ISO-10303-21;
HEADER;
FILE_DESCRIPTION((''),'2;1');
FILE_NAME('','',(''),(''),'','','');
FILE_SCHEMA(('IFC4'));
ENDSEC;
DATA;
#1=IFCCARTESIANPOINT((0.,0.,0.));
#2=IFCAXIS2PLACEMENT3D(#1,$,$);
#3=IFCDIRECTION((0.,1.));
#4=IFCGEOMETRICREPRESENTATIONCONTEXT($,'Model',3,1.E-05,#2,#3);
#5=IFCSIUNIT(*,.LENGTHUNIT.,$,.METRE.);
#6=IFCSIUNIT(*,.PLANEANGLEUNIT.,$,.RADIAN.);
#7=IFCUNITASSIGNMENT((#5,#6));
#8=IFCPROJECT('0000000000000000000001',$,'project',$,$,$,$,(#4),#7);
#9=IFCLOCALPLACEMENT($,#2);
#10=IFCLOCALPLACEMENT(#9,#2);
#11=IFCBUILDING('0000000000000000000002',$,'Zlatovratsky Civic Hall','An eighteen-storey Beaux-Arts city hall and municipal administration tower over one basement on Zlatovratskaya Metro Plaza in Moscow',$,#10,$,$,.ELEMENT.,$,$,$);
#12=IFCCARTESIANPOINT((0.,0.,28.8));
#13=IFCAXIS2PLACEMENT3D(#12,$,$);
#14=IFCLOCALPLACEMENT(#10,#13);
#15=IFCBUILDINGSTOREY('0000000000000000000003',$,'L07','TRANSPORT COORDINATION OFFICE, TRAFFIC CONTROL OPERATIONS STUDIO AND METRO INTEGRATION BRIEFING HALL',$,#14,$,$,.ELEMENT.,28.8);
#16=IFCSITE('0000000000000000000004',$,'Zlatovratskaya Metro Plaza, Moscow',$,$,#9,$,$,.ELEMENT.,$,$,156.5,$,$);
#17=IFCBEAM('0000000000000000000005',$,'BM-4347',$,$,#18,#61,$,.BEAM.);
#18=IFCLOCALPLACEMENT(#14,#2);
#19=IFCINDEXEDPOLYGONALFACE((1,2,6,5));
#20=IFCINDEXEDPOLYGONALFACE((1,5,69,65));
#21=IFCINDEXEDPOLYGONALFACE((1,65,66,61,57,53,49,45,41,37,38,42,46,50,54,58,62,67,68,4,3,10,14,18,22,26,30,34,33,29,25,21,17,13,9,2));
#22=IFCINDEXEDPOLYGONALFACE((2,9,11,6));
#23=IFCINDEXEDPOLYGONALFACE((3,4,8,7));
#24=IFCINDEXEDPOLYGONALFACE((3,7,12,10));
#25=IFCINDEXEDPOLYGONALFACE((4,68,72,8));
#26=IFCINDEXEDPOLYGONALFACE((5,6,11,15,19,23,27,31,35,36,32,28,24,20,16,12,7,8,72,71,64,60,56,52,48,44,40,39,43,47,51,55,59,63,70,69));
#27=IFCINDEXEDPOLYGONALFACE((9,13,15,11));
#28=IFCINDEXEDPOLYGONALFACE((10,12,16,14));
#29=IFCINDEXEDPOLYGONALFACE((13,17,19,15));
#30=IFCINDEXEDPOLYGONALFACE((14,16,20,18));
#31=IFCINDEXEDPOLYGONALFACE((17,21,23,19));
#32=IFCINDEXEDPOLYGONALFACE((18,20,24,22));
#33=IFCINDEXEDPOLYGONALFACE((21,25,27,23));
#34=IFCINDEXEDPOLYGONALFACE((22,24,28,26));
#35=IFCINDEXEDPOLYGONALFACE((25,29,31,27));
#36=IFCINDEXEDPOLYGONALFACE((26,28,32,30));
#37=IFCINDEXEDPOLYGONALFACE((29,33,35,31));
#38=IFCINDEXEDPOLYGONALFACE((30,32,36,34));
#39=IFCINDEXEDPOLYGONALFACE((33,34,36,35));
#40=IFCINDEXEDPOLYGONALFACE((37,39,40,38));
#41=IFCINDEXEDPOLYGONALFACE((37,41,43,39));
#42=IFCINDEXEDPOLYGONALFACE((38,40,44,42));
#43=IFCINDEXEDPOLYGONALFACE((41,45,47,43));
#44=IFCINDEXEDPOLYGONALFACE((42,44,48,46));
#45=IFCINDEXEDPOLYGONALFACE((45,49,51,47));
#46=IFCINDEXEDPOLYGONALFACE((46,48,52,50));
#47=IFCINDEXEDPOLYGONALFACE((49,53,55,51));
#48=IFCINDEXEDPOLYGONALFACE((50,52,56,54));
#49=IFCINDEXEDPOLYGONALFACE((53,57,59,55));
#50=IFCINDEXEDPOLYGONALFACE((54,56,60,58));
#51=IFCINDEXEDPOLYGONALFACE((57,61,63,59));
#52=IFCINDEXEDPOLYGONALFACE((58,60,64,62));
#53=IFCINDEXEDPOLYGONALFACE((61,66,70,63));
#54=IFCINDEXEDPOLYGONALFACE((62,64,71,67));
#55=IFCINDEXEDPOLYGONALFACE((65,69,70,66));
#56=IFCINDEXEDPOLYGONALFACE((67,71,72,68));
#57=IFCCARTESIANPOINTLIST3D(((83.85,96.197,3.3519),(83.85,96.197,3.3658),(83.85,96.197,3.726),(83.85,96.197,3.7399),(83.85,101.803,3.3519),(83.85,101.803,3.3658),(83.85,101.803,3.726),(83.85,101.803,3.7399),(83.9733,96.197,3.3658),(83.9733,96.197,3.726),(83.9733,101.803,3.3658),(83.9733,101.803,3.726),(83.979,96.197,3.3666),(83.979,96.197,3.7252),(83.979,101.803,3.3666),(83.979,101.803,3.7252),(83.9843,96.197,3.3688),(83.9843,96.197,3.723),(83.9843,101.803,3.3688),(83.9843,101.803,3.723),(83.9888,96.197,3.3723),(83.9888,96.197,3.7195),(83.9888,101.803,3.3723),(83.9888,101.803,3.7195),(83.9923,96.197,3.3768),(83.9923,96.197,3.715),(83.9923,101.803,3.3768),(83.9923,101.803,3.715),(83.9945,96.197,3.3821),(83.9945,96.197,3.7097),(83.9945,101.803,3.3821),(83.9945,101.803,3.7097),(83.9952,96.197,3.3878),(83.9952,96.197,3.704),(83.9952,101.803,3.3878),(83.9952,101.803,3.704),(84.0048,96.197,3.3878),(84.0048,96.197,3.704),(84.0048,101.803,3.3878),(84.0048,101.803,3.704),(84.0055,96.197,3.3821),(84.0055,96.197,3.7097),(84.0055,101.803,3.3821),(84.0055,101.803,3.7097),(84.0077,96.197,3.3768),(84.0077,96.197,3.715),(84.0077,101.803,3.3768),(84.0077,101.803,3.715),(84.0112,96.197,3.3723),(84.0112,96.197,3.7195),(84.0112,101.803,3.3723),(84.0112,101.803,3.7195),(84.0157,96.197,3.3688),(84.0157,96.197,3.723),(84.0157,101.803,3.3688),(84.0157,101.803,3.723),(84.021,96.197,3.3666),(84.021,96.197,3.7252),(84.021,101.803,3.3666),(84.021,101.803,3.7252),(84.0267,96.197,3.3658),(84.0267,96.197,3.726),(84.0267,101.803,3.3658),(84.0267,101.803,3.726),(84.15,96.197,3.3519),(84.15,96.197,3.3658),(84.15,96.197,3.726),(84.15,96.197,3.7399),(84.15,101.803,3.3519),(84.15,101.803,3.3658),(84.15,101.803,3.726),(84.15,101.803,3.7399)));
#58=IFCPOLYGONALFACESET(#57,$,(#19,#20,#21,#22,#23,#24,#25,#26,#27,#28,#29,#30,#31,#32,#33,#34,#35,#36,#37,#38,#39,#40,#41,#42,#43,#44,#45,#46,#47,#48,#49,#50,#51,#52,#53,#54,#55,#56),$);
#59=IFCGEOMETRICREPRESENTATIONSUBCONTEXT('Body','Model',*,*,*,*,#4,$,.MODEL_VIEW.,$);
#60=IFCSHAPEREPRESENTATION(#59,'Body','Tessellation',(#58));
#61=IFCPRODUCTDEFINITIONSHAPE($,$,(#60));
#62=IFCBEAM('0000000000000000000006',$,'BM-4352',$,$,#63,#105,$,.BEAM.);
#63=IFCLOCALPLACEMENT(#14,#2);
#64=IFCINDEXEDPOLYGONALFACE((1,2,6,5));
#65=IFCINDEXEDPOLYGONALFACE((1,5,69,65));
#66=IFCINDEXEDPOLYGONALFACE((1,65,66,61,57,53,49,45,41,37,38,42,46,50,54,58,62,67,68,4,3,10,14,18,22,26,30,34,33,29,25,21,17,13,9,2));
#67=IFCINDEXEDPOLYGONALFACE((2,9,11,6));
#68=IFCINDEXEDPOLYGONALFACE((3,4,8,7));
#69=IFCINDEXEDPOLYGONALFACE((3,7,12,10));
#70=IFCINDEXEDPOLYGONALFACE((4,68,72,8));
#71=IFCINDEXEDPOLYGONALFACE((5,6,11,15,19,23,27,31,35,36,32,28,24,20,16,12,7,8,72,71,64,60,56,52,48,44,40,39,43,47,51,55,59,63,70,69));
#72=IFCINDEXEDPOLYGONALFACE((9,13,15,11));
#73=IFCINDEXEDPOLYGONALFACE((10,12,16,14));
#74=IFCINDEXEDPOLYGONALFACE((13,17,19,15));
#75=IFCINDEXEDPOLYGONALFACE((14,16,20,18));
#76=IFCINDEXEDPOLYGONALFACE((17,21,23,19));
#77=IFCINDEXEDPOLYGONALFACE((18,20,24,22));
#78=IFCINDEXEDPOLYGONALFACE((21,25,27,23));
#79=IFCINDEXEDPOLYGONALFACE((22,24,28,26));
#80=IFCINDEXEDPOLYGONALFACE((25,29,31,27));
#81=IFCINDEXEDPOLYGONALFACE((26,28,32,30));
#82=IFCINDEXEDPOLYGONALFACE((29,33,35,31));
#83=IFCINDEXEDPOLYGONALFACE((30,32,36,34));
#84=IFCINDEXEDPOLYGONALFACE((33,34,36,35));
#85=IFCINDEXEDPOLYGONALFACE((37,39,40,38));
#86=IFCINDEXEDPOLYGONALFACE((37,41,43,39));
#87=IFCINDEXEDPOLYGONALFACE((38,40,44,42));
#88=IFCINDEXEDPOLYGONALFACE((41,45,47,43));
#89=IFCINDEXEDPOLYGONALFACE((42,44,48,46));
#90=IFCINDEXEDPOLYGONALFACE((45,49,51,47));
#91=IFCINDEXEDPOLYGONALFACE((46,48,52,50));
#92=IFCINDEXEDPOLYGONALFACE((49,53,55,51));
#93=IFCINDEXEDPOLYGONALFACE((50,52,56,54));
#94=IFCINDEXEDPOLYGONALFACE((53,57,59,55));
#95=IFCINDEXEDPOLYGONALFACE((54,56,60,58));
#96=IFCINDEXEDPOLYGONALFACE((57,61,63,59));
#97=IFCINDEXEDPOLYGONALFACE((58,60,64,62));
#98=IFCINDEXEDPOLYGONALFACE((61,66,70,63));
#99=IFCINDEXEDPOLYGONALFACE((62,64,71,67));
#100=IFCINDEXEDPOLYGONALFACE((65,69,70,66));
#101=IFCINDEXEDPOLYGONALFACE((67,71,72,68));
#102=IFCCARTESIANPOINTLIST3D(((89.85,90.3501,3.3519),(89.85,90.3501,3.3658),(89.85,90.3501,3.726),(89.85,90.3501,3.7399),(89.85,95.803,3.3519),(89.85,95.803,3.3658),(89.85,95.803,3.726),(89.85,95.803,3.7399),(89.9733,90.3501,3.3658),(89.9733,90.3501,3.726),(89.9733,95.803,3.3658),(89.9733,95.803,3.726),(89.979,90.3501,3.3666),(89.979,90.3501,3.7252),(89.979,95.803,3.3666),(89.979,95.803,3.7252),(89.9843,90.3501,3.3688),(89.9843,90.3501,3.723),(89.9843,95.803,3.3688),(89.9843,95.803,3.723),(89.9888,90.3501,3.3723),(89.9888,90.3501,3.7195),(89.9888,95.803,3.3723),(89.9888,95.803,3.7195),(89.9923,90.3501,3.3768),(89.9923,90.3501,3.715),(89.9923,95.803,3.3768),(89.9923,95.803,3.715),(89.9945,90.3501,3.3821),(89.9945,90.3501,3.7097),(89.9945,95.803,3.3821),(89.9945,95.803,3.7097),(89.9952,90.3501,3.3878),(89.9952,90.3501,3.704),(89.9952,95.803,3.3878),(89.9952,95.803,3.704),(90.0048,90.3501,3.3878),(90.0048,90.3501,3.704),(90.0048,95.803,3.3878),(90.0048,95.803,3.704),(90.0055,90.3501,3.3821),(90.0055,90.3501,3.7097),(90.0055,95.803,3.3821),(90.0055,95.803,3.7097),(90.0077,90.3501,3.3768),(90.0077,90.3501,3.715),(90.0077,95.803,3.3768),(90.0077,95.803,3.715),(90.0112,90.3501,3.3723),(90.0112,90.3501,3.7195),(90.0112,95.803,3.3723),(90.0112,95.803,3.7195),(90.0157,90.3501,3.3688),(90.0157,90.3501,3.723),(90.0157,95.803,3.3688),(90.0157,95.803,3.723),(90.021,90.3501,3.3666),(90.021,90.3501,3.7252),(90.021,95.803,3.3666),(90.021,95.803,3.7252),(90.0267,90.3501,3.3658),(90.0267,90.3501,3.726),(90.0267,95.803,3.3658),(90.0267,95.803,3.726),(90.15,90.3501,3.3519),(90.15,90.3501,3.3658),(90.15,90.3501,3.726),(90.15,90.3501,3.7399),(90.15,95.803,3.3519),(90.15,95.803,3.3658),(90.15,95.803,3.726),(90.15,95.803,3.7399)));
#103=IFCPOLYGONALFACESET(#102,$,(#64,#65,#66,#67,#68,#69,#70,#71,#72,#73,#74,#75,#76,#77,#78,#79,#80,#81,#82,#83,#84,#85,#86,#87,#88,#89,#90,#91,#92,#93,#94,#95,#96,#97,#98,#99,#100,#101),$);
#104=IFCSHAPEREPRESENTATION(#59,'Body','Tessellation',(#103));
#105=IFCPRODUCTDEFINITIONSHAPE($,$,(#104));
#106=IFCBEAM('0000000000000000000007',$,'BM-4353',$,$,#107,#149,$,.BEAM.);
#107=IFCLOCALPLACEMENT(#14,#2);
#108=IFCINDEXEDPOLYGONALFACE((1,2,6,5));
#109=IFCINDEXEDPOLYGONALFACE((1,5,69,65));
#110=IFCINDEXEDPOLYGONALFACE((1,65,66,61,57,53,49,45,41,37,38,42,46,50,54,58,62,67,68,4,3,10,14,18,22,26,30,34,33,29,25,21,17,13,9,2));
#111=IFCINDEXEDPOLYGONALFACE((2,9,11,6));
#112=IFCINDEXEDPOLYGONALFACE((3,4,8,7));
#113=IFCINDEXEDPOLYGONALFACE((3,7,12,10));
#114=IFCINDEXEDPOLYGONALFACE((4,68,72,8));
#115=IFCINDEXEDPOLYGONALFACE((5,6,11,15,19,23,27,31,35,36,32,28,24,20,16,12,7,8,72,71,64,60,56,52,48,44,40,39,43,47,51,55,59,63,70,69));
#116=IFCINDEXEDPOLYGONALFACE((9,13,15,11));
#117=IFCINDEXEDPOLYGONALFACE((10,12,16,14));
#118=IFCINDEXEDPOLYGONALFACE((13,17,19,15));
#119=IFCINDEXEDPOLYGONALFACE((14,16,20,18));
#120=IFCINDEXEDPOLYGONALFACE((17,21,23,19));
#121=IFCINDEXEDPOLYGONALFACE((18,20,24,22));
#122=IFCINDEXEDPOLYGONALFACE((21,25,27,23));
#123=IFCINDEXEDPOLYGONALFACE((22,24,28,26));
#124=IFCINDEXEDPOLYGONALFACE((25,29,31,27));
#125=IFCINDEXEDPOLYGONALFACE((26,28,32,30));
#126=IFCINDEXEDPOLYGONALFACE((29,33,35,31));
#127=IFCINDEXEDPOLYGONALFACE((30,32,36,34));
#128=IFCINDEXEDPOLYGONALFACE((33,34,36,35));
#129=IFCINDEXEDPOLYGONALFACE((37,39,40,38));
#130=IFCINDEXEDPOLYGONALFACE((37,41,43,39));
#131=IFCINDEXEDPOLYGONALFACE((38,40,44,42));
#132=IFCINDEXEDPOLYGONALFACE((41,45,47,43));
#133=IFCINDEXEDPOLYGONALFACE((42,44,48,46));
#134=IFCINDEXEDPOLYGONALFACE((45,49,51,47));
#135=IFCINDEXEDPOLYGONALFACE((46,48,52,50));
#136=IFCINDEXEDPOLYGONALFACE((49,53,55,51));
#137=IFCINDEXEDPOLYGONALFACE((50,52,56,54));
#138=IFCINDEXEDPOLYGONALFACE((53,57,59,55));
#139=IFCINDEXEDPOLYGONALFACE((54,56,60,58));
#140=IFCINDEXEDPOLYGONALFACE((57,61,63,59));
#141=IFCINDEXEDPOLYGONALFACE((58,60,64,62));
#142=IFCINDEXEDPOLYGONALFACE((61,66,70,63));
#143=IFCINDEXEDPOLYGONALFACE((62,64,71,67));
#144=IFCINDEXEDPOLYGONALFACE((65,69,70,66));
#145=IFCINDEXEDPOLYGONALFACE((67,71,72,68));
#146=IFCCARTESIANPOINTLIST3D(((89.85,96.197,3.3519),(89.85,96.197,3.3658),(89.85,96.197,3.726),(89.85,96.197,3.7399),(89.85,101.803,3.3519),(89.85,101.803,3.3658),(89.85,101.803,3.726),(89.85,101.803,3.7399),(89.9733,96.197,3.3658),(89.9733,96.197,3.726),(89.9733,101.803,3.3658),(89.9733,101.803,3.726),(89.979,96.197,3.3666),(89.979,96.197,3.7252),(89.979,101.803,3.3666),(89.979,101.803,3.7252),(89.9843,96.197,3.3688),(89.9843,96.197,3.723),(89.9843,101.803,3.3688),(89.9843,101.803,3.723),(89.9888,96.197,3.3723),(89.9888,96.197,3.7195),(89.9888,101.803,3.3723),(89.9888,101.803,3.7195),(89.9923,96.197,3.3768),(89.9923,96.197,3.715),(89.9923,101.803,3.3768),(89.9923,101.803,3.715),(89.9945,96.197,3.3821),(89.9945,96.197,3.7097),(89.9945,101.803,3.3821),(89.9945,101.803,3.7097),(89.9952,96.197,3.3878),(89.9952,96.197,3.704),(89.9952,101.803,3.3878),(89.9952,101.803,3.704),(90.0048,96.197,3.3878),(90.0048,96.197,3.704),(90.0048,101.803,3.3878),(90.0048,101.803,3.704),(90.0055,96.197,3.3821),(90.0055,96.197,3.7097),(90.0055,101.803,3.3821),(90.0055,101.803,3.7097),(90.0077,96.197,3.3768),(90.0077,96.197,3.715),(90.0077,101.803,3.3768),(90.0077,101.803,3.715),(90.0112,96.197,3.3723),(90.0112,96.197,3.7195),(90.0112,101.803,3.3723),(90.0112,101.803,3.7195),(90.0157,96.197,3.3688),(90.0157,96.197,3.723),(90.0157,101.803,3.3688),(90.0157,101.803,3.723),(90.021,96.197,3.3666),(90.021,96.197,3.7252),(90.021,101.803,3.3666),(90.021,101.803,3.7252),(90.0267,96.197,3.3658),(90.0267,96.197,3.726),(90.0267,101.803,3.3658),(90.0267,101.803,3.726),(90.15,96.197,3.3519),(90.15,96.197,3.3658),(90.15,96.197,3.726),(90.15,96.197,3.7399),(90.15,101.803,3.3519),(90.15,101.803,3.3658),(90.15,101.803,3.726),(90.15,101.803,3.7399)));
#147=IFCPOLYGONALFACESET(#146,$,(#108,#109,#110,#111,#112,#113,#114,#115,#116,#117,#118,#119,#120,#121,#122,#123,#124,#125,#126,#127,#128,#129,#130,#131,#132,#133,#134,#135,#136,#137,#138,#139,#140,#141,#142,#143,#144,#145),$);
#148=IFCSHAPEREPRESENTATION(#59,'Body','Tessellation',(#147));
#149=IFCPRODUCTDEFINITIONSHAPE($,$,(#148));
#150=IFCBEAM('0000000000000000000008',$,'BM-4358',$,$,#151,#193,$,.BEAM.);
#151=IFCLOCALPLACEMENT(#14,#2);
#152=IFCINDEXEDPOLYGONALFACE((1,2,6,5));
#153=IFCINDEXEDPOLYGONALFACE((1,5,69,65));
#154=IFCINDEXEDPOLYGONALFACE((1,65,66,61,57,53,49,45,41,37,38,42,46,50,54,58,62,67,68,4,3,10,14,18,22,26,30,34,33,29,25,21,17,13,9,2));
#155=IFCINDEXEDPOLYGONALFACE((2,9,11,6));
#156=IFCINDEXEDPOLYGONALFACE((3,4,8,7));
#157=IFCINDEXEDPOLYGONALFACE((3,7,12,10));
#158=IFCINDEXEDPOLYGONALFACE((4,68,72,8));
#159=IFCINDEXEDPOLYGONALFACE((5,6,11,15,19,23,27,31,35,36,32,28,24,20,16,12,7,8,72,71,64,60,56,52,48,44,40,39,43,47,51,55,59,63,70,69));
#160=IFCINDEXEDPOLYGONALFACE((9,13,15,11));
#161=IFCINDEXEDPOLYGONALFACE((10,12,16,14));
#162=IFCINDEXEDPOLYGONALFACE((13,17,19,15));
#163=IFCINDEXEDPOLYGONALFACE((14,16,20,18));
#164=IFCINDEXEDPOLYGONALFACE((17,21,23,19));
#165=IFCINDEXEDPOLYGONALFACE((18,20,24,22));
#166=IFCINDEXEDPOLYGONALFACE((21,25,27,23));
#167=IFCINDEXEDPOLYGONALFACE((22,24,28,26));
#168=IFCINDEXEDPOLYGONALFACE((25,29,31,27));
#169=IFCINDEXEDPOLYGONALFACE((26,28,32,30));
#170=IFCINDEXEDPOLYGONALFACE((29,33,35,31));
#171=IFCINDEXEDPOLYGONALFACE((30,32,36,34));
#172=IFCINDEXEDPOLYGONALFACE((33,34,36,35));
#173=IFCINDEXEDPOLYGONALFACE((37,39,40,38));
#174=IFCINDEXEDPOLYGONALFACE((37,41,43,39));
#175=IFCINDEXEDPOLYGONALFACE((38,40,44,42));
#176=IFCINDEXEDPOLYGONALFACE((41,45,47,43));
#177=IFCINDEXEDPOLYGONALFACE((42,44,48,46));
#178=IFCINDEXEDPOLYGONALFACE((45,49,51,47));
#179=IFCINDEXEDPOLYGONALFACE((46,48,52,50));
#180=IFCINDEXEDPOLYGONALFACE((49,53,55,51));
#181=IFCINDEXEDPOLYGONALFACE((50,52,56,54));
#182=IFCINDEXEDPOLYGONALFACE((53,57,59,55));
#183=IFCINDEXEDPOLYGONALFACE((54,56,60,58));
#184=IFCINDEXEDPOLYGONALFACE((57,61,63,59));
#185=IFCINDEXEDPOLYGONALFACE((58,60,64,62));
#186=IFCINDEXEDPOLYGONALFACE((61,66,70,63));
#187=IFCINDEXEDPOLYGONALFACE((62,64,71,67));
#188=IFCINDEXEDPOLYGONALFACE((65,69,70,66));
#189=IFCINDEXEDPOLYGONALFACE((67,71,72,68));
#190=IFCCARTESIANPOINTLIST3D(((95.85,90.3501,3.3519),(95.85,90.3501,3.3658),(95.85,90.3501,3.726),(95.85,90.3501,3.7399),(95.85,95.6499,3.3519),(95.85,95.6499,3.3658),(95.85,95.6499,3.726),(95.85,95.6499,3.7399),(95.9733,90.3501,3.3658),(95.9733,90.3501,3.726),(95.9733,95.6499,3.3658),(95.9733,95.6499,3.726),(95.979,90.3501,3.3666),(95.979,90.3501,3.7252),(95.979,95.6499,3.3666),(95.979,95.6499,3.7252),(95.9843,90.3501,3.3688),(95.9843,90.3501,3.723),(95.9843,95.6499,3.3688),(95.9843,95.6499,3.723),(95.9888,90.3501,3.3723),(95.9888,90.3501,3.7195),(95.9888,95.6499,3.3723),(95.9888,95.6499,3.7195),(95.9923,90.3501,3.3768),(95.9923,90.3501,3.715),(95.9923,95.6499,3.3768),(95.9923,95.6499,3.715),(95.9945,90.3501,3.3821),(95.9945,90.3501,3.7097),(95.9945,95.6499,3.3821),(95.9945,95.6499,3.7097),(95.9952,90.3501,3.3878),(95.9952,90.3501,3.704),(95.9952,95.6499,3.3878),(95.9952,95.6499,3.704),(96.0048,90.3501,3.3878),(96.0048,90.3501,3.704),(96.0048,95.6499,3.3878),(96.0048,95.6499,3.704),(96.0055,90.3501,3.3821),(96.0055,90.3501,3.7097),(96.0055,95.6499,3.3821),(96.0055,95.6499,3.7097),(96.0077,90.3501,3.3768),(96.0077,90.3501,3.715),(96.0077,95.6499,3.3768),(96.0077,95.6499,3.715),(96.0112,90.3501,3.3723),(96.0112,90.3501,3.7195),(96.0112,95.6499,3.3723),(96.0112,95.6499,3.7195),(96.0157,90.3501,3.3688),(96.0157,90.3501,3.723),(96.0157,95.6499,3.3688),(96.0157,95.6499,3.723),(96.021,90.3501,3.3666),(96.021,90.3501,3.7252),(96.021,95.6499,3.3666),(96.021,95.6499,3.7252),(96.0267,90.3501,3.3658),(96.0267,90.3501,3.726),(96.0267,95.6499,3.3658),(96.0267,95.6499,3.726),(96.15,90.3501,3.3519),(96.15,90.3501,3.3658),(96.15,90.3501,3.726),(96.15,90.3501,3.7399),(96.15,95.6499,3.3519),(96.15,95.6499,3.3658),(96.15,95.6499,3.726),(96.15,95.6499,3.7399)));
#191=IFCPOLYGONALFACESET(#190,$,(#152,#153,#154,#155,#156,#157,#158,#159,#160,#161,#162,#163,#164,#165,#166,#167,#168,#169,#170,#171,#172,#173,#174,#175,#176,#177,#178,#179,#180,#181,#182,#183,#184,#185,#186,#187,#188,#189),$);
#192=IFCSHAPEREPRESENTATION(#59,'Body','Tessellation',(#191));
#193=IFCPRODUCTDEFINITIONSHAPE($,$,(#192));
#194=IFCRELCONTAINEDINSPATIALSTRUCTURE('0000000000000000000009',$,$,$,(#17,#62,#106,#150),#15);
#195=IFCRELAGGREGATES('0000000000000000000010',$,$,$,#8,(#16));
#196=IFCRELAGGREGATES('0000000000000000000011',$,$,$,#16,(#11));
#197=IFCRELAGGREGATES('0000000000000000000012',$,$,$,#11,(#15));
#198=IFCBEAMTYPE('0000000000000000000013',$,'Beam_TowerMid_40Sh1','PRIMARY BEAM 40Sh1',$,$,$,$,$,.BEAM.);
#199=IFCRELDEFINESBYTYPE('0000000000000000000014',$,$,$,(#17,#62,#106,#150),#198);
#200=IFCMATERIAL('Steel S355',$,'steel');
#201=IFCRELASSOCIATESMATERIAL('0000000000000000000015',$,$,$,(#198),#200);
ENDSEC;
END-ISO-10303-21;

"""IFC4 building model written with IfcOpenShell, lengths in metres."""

from ifc_helpers import new_model, si_unit, direction, frame, origin, origin_2d, place, context, subcontext, project, spatial, i_section, extrude, material, material_profile, profile_set, type_object, element, save


model = new_model("IFC4")

# Units and contexts
model_context = context("Model", 3, precision=1e-05, world=origin(), true_north=direction((0.0, 1.0)))
body_context = subcontext(model_context, "Body", "Model", "MODEL_VIEW")
ifc_project = project(units=[si_unit("LENGTHUNIT", "METRE"), si_unit("PLANEANGLEUNIT", "RADIAN")], contexts=[model_context])

# Site, building, storey
site_placement = place(None, origin())
site = spatial("IfcSite", under=ifc_project, at=site_placement, Name="Zlatovratskaya Metro Plaza, Moscow", CompositionType="ELEMENT", RefElevation=156.5)
building_placement = place(site_placement, origin())
building = spatial("IfcBuilding", under=site, at=building_placement, Name="Zlatovratsky Civic Hall", Description="An eighteen-storey Beaux-Arts city hall and municipal administration tower over one basement on Zlatovratskaya Metro Plaza in Moscow", CompositionType="ELEMENT")
storey_placement = place(building_placement, frame((0.0, 0.0, 28.8)))
storey = spatial("IfcBuildingStorey", under=building, at=storey_placement, Name="L07", Description="TRANSPORT COORDINATION OFFICE, TRAFFIC CONTROL OPERATIONS STUDIO AND METRO INTEGRATION BRIEFING HALL", CompositionType="ELEMENT", Elevation=28.8)

# Shared definitions
ifc_material_1 = material(Name="Steel S355", Category="steel")

# Beams
ifc_material_profile_1 = material_profile(ifc_material_1, i_section(OverallWidth=0.3, OverallDepth=0.3879, WebThickness=0.0095, FlangeThickness=0.0139, FilletRadius=0.022, at=origin_2d()), Name="40Sh1")
ifc_profile_set_1 = profile_set([ifc_material_profile_1], Name="Steel S355")
beam_type_1 = type_object("IfcBeamType", Name="Beam_TowerMid_40Sh1", Description="PRIMARY BEAM 40Sh1", PredefinedType="BEAM", material=ifc_profile_set_1)
beam_1_placement = place(storey_placement, frame((84.0, 96.197, 3.5459), z_axis=(0.0, 1.0, 0.0), x_axis=(-1.0, 0.0, 0.0)))
element("IfcBeam", 1, at=beam_1_placement, inside=storey, type_object=beam_type_1, Name="BM-4347", PredefinedType="BEAM", context=body_context, shape_type="SweptSolid", body=[
    extrude(i_section(OverallWidth=0.3, OverallDepth=0.3879, WebThickness=0.0095, FlangeThickness=0.0139, FilletRadius=0.022, at=origin_2d()), origin(), (0.0, 0.0, 1.0), 5.606),
])
beam_2_placement = place(storey_placement, frame((90.0, 90.3501, 3.5459), z_axis=(0.0, 1.0, 0.0), x_axis=(-1.0, 0.0, 0.0)))
element("IfcBeam", 2, at=beam_2_placement, inside=storey, type_object=beam_type_1, Name="BM-4352", PredefinedType="BEAM", context=body_context, shape_type="SweptSolid", body=[
    extrude(i_section(OverallWidth=0.3, OverallDepth=0.3879, WebThickness=0.0095, FlangeThickness=0.0139, FilletRadius=0.022, at=origin_2d()), origin(), (0.0, 0.0, 1.0), 5.4529),
])
beam_3_placement = place(storey_placement, frame((90.0, 96.197, 3.5459), z_axis=(0.0, 1.0, 0.0), x_axis=(-1.0, 0.0, 0.0)))
element("IfcBeam", 3, at=beam_3_placement, inside=storey, type_object=beam_type_1, Name="BM-4353", PredefinedType="BEAM", context=body_context, shape_type="SweptSolid", body=[
    extrude(i_section(OverallWidth=0.3, OverallDepth=0.3879, WebThickness=0.0095, FlangeThickness=0.0139, FilletRadius=0.022, at=origin_2d()), origin(), (0.0, 0.0, 1.0), 5.606),
])
beam_4_placement = place(storey_placement, frame((96.0, 90.3501, 3.5459), z_axis=(0.0, 1.0, 0.0), x_axis=(-1.0, 0.0, 0.0)))
element("IfcBeam", 4, at=beam_4_placement, inside=storey, type_object=beam_type_1, Name="BM-4358", PredefinedType="BEAM", context=body_context, shape_type="SweptSolid", body=[
    extrude(i_section(OverallWidth=0.3, OverallDepth=0.3879, WebThickness=0.0095, FlangeThickness=0.0139, FilletRadius=0.022, at=origin_2d()), origin(), (0.0, 0.0, 1.0), 5.2998),
])

save(model, "model.ifc")
